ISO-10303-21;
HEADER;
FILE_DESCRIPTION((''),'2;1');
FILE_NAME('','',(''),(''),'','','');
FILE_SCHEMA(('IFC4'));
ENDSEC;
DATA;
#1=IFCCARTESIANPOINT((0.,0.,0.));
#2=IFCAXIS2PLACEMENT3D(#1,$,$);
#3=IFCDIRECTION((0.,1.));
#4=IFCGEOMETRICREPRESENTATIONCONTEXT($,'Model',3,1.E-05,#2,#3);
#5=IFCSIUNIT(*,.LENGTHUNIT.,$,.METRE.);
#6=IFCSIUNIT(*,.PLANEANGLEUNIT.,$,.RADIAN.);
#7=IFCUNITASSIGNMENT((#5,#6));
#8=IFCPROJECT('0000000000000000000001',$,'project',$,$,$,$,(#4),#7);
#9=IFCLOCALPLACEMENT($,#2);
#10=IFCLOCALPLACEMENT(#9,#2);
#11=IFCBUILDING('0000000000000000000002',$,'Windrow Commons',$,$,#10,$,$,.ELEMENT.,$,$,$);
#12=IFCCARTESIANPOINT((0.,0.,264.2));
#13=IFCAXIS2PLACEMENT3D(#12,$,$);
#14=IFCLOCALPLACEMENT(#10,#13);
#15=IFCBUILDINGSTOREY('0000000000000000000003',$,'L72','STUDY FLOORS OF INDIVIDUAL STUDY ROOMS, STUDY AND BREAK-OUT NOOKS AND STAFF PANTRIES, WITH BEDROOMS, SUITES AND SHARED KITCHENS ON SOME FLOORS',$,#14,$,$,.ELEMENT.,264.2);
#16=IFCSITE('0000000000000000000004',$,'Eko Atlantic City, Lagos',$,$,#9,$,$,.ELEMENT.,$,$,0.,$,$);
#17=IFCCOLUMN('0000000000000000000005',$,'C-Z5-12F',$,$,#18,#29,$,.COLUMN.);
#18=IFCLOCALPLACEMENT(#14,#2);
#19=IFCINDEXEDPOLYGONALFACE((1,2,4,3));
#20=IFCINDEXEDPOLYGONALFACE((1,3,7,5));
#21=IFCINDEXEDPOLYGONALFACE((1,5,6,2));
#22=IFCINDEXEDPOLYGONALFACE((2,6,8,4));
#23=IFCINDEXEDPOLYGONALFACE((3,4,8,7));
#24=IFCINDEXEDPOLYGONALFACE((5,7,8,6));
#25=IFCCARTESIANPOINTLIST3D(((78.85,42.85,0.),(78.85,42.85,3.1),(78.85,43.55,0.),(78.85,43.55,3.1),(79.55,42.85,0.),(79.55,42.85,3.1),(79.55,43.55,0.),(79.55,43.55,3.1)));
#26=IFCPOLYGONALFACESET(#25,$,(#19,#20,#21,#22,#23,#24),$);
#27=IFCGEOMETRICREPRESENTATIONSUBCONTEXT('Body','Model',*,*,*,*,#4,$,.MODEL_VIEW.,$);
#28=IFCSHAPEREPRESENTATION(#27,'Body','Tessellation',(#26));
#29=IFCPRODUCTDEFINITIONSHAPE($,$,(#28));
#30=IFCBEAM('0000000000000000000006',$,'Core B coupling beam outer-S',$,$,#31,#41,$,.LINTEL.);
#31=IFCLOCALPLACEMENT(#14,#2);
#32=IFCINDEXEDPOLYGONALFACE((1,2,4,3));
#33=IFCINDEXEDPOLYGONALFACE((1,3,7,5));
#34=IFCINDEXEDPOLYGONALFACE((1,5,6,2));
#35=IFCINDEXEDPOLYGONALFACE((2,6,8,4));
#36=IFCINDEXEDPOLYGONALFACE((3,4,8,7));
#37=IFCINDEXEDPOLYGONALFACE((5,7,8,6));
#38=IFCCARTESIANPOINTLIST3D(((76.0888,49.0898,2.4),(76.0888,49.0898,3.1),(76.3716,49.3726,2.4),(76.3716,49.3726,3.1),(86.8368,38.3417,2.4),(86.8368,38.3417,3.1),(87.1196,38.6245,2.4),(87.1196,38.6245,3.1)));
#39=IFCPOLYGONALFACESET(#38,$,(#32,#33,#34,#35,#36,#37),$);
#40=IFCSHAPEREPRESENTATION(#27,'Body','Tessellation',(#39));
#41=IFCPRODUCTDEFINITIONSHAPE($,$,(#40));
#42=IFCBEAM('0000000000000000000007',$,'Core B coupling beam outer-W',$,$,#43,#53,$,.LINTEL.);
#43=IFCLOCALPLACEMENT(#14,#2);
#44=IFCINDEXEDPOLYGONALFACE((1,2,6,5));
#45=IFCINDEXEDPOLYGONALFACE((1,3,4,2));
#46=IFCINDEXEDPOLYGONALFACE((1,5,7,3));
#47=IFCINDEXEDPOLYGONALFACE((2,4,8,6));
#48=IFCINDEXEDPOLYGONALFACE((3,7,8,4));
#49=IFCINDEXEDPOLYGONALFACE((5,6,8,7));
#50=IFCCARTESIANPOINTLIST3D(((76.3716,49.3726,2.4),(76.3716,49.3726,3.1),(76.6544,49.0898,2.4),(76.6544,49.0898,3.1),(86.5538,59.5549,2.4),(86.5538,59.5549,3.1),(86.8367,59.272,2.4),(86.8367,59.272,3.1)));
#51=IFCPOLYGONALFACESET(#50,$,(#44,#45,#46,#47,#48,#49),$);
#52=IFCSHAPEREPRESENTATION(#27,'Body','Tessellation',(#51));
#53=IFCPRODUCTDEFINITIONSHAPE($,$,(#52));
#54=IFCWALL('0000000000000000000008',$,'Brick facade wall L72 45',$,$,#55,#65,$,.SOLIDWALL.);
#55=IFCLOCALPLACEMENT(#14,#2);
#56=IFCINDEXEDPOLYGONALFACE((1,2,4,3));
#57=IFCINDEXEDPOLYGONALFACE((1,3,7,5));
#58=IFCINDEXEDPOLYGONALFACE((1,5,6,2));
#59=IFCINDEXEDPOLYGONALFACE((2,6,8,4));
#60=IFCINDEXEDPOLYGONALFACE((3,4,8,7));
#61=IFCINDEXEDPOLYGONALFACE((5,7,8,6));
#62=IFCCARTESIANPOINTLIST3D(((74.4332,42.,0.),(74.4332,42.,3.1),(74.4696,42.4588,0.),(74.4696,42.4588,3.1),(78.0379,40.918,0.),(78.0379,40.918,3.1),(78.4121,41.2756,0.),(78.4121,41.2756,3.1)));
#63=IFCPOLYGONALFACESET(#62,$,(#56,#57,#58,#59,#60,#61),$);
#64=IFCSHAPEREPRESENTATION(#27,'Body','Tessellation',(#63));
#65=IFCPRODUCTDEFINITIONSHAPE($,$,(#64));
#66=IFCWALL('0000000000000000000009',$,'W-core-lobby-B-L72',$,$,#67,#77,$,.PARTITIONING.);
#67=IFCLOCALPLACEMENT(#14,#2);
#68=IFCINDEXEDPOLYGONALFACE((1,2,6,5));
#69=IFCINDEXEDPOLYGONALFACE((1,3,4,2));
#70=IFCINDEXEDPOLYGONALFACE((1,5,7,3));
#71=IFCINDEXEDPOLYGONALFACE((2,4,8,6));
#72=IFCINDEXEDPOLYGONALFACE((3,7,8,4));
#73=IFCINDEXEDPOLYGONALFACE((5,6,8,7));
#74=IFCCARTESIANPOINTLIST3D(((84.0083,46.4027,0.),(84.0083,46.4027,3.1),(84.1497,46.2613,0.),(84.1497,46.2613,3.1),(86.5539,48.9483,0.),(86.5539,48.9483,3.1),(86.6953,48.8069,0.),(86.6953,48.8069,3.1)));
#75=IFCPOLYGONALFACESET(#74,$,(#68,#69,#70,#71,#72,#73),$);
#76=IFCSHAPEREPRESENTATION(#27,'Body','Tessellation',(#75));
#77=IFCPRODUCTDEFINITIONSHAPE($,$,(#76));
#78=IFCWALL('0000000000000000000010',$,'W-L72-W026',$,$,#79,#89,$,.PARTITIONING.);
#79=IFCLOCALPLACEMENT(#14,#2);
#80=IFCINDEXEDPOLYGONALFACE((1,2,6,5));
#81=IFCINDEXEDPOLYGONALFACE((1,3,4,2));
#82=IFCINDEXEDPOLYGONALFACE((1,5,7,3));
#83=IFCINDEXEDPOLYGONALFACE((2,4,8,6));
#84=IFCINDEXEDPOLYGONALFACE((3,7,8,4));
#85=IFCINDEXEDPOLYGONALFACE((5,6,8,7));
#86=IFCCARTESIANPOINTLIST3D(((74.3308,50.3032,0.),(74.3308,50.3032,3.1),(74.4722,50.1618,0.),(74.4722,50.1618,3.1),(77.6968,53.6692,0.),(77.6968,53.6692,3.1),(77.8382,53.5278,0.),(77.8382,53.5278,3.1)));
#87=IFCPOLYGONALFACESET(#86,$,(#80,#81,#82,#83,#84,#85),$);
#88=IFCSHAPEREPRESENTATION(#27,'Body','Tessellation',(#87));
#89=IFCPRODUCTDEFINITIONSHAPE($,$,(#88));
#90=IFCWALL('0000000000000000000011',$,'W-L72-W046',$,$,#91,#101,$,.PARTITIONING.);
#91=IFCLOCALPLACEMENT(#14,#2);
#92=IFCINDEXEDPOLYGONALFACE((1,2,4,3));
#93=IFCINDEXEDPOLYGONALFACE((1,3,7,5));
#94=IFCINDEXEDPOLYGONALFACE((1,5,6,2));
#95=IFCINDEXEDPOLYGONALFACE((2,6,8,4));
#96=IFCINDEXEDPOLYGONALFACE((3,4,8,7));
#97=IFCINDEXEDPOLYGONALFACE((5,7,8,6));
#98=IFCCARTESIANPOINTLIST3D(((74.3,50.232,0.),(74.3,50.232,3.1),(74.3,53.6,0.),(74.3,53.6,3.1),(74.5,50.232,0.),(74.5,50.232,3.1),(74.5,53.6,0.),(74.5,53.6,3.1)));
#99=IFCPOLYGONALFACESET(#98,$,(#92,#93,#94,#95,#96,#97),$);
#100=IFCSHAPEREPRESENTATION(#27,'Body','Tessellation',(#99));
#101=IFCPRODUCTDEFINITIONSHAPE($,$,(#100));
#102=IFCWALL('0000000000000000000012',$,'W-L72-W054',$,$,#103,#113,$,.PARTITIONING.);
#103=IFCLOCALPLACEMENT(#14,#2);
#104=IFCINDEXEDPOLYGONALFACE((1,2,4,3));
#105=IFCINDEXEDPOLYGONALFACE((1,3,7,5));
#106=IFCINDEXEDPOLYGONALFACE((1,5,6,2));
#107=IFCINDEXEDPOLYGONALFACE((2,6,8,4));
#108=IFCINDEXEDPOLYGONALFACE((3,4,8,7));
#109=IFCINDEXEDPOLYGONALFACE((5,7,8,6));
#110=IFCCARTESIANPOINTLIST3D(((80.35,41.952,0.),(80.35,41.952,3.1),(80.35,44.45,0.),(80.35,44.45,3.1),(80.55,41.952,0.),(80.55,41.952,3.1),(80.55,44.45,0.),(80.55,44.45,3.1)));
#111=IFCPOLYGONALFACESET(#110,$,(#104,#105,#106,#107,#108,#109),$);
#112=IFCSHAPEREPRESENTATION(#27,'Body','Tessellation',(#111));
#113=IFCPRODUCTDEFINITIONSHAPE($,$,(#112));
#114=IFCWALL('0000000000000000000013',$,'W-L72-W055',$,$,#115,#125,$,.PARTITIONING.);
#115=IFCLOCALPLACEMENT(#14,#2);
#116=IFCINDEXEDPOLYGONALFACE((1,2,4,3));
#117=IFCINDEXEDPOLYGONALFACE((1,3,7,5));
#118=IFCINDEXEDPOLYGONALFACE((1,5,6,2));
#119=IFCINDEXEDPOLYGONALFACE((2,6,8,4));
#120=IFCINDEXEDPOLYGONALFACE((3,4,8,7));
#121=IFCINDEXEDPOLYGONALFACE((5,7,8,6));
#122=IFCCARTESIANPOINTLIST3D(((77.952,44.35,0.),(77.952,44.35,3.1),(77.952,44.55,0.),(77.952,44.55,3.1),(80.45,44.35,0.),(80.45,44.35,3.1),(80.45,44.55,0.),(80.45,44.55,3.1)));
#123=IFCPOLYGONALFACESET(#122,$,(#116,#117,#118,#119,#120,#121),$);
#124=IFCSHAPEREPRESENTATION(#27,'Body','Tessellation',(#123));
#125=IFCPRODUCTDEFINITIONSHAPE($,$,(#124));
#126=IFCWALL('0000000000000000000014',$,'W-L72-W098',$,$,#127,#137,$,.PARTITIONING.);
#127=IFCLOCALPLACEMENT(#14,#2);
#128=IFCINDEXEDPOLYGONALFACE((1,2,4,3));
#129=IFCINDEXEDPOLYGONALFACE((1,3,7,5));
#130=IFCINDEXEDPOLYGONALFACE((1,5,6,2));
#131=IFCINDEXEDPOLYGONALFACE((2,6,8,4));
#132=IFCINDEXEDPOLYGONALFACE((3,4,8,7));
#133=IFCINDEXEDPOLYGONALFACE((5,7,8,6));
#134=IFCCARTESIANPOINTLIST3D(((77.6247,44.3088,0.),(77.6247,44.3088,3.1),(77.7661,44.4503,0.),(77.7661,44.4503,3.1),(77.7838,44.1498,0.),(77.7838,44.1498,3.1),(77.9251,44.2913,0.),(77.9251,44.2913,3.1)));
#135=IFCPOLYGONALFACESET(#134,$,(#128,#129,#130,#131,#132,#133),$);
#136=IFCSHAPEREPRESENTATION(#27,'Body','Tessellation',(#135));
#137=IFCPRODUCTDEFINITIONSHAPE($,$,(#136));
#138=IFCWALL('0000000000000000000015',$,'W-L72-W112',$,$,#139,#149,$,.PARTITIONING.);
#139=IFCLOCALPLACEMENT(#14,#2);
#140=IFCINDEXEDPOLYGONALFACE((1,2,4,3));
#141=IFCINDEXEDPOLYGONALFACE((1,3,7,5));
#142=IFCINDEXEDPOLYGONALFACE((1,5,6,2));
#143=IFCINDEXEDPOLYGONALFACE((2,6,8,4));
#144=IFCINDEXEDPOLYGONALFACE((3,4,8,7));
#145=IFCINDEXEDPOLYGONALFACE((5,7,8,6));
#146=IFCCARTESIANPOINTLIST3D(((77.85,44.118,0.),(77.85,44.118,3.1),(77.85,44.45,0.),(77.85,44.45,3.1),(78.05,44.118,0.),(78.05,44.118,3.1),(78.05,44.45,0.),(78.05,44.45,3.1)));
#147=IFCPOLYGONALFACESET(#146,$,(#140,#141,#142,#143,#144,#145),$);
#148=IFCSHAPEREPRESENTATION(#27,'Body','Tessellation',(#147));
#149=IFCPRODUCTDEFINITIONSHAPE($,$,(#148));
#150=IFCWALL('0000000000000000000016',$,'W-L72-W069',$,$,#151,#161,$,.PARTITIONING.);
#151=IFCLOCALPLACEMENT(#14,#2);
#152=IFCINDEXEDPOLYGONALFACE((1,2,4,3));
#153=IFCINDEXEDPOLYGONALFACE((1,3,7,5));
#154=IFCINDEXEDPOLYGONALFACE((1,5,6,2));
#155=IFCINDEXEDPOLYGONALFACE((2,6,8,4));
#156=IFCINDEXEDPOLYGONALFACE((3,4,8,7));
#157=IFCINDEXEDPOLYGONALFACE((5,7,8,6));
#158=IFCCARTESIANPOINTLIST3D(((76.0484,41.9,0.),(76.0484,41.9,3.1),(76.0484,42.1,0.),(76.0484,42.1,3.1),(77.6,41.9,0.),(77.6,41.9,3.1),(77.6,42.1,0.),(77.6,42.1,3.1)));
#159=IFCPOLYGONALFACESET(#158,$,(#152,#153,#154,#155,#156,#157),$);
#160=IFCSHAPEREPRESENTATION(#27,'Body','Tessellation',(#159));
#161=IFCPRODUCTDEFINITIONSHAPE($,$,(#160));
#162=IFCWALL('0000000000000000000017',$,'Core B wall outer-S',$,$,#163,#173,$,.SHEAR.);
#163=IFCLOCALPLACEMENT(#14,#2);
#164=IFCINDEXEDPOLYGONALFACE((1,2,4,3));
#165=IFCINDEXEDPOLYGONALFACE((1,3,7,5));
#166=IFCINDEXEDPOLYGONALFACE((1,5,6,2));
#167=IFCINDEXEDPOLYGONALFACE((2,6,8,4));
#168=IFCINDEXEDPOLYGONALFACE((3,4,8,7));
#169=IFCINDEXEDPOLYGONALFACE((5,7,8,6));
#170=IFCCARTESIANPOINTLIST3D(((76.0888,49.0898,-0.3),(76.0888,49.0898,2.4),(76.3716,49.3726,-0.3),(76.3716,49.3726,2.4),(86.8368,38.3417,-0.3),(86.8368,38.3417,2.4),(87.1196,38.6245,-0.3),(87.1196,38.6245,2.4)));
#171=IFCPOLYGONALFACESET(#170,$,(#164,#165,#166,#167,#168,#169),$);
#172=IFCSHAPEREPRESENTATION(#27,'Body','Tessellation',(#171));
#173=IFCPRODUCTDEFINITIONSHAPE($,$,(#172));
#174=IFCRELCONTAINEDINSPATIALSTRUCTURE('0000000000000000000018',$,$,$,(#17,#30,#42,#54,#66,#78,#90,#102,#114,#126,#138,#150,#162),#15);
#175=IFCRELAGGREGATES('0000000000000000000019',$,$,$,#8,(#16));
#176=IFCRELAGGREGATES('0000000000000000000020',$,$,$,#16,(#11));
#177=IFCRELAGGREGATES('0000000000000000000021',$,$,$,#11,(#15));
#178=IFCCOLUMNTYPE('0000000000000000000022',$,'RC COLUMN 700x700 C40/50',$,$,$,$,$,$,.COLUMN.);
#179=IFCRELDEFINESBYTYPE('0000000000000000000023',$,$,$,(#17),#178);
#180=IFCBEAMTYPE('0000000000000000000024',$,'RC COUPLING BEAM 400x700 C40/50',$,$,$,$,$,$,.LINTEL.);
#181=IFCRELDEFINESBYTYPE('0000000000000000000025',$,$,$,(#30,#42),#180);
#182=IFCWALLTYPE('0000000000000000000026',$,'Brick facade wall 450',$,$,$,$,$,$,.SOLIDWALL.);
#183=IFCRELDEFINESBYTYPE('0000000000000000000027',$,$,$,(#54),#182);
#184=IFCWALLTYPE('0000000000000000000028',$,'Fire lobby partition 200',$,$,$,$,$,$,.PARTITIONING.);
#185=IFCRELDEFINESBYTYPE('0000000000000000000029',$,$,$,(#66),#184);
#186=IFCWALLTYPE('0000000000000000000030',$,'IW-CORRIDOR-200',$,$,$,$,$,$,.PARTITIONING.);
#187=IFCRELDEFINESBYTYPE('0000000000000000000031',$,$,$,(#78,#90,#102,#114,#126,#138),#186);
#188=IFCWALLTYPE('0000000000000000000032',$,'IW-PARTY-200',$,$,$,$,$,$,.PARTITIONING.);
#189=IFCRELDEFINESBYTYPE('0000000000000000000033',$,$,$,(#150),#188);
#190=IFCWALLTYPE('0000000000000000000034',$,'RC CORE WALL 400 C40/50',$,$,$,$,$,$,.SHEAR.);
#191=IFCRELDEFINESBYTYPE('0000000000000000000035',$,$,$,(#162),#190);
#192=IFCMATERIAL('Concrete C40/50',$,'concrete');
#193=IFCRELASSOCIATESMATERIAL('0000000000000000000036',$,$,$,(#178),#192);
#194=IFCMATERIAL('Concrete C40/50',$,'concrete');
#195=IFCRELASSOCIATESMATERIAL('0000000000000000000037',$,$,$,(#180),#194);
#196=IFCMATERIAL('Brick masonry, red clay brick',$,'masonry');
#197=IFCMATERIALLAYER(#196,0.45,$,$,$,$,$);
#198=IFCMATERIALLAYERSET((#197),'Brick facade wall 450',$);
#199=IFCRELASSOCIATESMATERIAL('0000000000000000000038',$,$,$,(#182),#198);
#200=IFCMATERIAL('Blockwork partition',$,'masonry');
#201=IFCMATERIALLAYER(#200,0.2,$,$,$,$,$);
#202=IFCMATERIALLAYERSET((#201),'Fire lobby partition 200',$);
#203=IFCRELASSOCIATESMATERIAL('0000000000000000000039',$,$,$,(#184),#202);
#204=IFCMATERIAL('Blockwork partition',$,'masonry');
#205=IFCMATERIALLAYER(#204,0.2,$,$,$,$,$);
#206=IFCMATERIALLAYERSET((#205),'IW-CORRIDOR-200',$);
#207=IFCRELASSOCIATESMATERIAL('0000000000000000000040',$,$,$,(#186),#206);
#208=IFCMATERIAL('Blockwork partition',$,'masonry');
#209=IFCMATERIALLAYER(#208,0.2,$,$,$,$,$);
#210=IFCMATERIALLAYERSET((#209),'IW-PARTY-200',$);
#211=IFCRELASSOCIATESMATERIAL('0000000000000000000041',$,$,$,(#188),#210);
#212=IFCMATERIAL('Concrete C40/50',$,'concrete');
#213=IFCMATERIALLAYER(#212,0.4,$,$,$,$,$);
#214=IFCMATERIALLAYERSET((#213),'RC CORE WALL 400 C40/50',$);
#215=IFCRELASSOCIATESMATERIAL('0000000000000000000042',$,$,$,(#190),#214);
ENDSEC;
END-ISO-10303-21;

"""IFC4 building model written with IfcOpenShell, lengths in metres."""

from ifc_helpers import new_model, si_unit, direction, frame, frame_2d, origin, origin_2d, place, context, subcontext, project, spatial, polyline, rectangle, outline, extrude, material, layer, layer_set, material_profile, profile_set, type_object, element, save


model = new_model("IFC4")

# Units and contexts
model_context = context("Model", 3, precision=1e-05, world=origin(), true_north=direction((0.0, 1.0)))
body_context = subcontext(model_context, "Body", "Model", "MODEL_VIEW")
ifc_project = project(units=[si_unit("LENGTHUNIT", "METRE"), si_unit("PLANEANGLEUNIT", "RADIAN")], contexts=[model_context])

# Site, building, storey
site_placement = place(None, origin())
site = spatial("IfcSite", under=ifc_project, at=site_placement, Name="Eko Atlantic City, Lagos", CompositionType="ELEMENT", RefElevation=0.0)
building_placement = place(site_placement, origin())
building = spatial("IfcBuilding", under=site, at=building_placement, Name="Windrow Commons", CompositionType="ELEMENT")
storey_placement = place(building_placement, frame((0.0, 0.0, 264.2)))
storey = spatial("IfcBuildingStorey", under=building, at=storey_placement, Name="L72", Description="STUDY FLOORS OF INDIVIDUAL STUDY ROOMS, STUDY AND BREAK-OUT NOOKS AND STAFF PANTRIES, WITH BEDROOMS, SUITES AND SHARED KITCHENS ON SOME FLOORS", CompositionType="ELEMENT", Elevation=264.2)

# Column
ifc_material_1 = material(Name="Concrete C40/50", Category="concrete")
ifc_material_profile_1 = material_profile(ifc_material_1, rectangle(XDim=0.7, YDim=0.7, at=origin_2d()))
ifc_profile_set_1 = profile_set([ifc_material_profile_1], Name="Concrete C40/50")
column_type = type_object("IfcColumnType", Name="RC COLUMN 700x700 C40/50", PredefinedType="COLUMN", material=ifc_profile_set_1)
column_placement = place(storey_placement, frame((79.2, 43.2, 0.0), z_axis=(0.0, 0.0, 1.0), x_axis=(1.0, 0.0, 0.0)))
element("IfcColumn", 1, at=column_placement, inside=storey, type_object=column_type, Name="C-Z5-12F", PredefinedType="COLUMN", context=body_context, shape_type="SweptSolid", body=[
    extrude(rectangle(XDim=0.7, YDim=0.7, at=origin_2d()), origin(), (0.0, 0.0, 1.0), 3.1),
])

# Beams
ifc_material_2 = material(Name="Concrete C40/50", Category="concrete")
ifc_material_profile_2 = material_profile(ifc_material_2, rectangle(XDim=0.4, YDim=0.7, at=origin_2d()))
ifc_profile_set_2 = profile_set([ifc_material_profile_2], Name="Concrete C40/50")
beam_type = type_object("IfcBeamType", Name="RC COUPLING BEAM 400x700 C40/50", PredefinedType="LINTEL", material=ifc_profile_set_2)
beam_1_placement = place(storey_placement, frame((76.2302, 49.2312, 2.75), z_axis=(0.707103, -0.70711, 0.0), x_axis=(0.70711, 0.707103, 0.0)))
element("IfcBeam", 2, at=beam_1_placement, inside=storey, type_object=beam_type, Name="Core B coupling beam outer-S", PredefinedType="LINTEL", context=body_context, shape_type="SweptSolid", body=[
    extrude(rectangle(XDim=0.4, YDim=0.7, at=origin_2d()), origin(), (0.0, 0.0, 1.0), 15.2),
])
beam_2_placement = place(storey_placement, frame((76.513, 49.2312, 2.75), z_axis=(0.707107, 0.707107, 0.0), x_axis=(-0.707107, 0.707107, 0.0)))
element("IfcBeam", 3, at=beam_2_placement, inside=storey, type_object=beam_type, Name="Core B coupling beam outer-W", PredefinedType="LINTEL", context=body_context, shape_type="SweptSolid", body=[
    extrude(rectangle(XDim=0.4, YDim=0.7, at=origin_2d()), origin(), (0.0, 0.0, 1.0), 14.3999),
])

# Walls
ifc_material_3 = material(Name="Brick masonry, red clay brick", Category="masonry")
ifc_layer_1 = layer(ifc_material_3, 0.45)
ifc_layer_set_1 = layer_set([ifc_layer_1], Name="Brick facade wall 450")
wall_type_1 = type_object("IfcWallType", Name="Brick facade wall 450", PredefinedType="SOLIDWALL", material=ifc_layer_set_1)
wall_1_placement = place(storey_placement, frame((74.4514, 42.2294, 0.0), z_axis=(0.0, 0.0, 1.0), x_axis=(0.95779, -0.287469, 0.0)))
element("IfcWall", 4, at=wall_1_placement, inside=storey, type_object=wall_type_1, Name="Brick facade wall L72 45", PredefinedType="SOLIDWALL", context=body_context, shape_type="SweptSolid", body=[
    extrude(outline(polyline([(0.0485, -0.225), (3.8121, -0.225), (4.0677, 0.225), (-0.0485, 0.225), (0.0485, -0.225)])), origin(), (0.0, 0.0, 1.0), 3.1),
])
ifc_material_4 = material(Name="Blockwork partition", Category="masonry")
ifc_layer_2 = layer(ifc_material_4, 0.2)
ifc_layer_set_2 = layer_set([ifc_layer_2], Name="Fire lobby partition 200")
wall_type_2 = type_object("IfcWallType", Name="Fire lobby partition 200", PredefinedType="PARTITIONING", material=ifc_layer_set_2)
wall_2_placement = place(storey_placement, frame((84.079, 46.332, 0.0), z_axis=(0.0, 0.0, 1.0), x_axis=(0.707107, 0.707107, 0.0)))
element("IfcWall", 5, at=wall_2_placement, inside=storey, type_object=wall_type_2, Name="W-core-lobby-B-L72", PredefinedType="PARTITIONING", context=body_context, shape_type="SweptSolid", body=[
    extrude(rectangle(XDim=3.6, YDim=0.2, at=frame_2d((1.8, 0.0))), origin(), (0.0, 0.0, 1.0), 3.1),
])
ifc_material_5 = material(Name="Blockwork partition", Category="masonry")
ifc_layer_3 = layer(ifc_material_5, 0.2)
ifc_layer_set_3 = layer_set([ifc_layer_3], Name="IW-CORRIDOR-200")
wall_type_3 = type_object("IfcWallType", Name="IW-CORRIDOR-200", PredefinedType="PARTITIONING", material=ifc_layer_set_3)
wall_3_placement = place(storey_placement, frame((74.4015, 50.2325, 0.0), z_axis=(0.0, 0.0, 1.0), x_axis=(0.707107, 0.707107, 0.0)))
element("IfcWall", 6, at=wall_3_placement, inside=storey, type_object=wall_type_3, Name="W-L72-W026", PredefinedType="PARTITIONING", context=body_context, shape_type="SweptSolid", body=[
    extrude(rectangle(XDim=4.7602, YDim=0.2, at=frame_2d((2.3801, 0.0))), origin(), (0.0, 0.0, 1.0), 3.1),
])
wall_4_placement = place(storey_placement, frame((74.4, 50.232, 0.0), z_axis=(0.0, 0.0, 1.0), x_axis=(0.0, 1.0, 0.0)))
element("IfcWall", 7, at=wall_4_placement, inside=storey, type_object=wall_type_3, Name="W-L72-W046", PredefinedType="PARTITIONING", context=body_context, shape_type="SweptSolid", body=[
    extrude(rectangle(XDim=3.368, YDim=0.2, at=frame_2d((1.684, 0.0))), origin(), (0.0, 0.0, 1.0), 3.1),
])
for number, where, z_axis, x_axis, name in (
    (8, (80.45, 41.952, 0.0), (0.0, 0.0, 1.0), (0.0, 1.0, 0.0), "W-L72-W054"),
    (9, (77.952, 44.45, 0.0), (0.0, 0.0, 1.0), (1.0, 0.0, 0.0), "W-L72-W055"),
):
    element("IfcWall", number, at=place(storey_placement, frame(where, z_axis=z_axis, x_axis=x_axis)), inside=storey, type_object=wall_type_3, Name=name, PredefinedType="PARTITIONING", context=body_context, shape_type="SweptSolid", body=[
        extrude(rectangle(XDim=2.498, YDim=0.2, at=frame_2d((1.249, 0.0))), origin(), (0.0, 0.0, 1.0), 3.1),
    ])
wall_5_placement = place(storey_placement, frame((77.6954, 44.3795, 0.0), z_axis=(0.0, 0.0, 1.0), x_axis=(0.707329, -0.706884, 0.0)))
element("IfcWall", 10, at=wall_5_placement, inside=storey, type_object=wall_type_3, Name="W-L72-W098", PredefinedType="PARTITIONING", context=body_context, shape_type="SweptSolid", body=[
    extrude(rectangle(XDim=0.2249, YDim=0.2, at=frame_2d((0.1124, 0.0))), origin(), (0.0, 0.0, 1.0), 3.1),
])
wall_6_placement = place(storey_placement, frame((77.95, 44.118, 0.0), z_axis=(0.0, 0.0, 1.0), x_axis=(0.0, 1.0, 0.0)))
element("IfcWall", 11, at=wall_6_placement, inside=storey, type_object=wall_type_3, Name="W-L72-W112", PredefinedType="PARTITIONING", context=body_context, shape_type="SweptSolid", body=[
    extrude(rectangle(XDim=0.332, YDim=0.2, at=frame_2d((0.166, 0.0))), origin(), (0.0, 0.0, 1.0), 3.1),
])
ifc_material_6 = material(Name="Blockwork partition", Category="masonry")
ifc_layer_4 = layer(ifc_material_6, 0.2)
ifc_layer_set_4 = layer_set([ifc_layer_4], Name="IW-PARTY-200")
wall_type_4 = type_object("IfcWallType", Name="IW-PARTY-200", PredefinedType="PARTITIONING", material=ifc_layer_set_4)
wall_7_placement = place(storey_placement, frame((76.0484, 42.0, 0.0), z_axis=(0.0, 0.0, 1.0), x_axis=(1.0, 0.0, 0.0)))
element("IfcWall", 12, at=wall_7_placement, inside=storey, type_object=wall_type_4, Name="W-L72-W069", PredefinedType="PARTITIONING", context=body_context, shape_type="SweptSolid", body=[
    extrude(rectangle(XDim=1.5516, YDim=0.2, at=frame_2d((0.7758, 0.0))), origin(), (0.0, 0.0, 1.0), 3.1),
])
ifc_material_7 = material(Name="Concrete C40/50", Category="concrete")
ifc_layer_5 = layer(ifc_material_7, 0.4)
ifc_layer_set_5 = layer_set([ifc_layer_5], Name="RC CORE WALL 400 C40/50")
wall_type_5 = type_object("IfcWallType", Name="RC CORE WALL 400 C40/50", PredefinedType="SHEAR", material=ifc_layer_set_5)
wall_8_placement = place(storey_placement, frame((76.2302, 49.2312, -0.3), z_axis=(0.0, 0.0, 1.0), x_axis=(0.707103, -0.70711, 0.0)))
element("IfcWall", 13, at=wall_8_placement, inside=storey, type_object=wall_type_5, Name="Core B wall outer-S", PredefinedType="SHEAR", context=body_context, shape_type="SweptSolid", body=[
    extrude(rectangle(XDim=15.2, YDim=0.4, at=frame_2d((7.6, 0.0))), origin(), (0.0, 0.0, 1.0), 2.7),
])

save(model, "model.ifc")
